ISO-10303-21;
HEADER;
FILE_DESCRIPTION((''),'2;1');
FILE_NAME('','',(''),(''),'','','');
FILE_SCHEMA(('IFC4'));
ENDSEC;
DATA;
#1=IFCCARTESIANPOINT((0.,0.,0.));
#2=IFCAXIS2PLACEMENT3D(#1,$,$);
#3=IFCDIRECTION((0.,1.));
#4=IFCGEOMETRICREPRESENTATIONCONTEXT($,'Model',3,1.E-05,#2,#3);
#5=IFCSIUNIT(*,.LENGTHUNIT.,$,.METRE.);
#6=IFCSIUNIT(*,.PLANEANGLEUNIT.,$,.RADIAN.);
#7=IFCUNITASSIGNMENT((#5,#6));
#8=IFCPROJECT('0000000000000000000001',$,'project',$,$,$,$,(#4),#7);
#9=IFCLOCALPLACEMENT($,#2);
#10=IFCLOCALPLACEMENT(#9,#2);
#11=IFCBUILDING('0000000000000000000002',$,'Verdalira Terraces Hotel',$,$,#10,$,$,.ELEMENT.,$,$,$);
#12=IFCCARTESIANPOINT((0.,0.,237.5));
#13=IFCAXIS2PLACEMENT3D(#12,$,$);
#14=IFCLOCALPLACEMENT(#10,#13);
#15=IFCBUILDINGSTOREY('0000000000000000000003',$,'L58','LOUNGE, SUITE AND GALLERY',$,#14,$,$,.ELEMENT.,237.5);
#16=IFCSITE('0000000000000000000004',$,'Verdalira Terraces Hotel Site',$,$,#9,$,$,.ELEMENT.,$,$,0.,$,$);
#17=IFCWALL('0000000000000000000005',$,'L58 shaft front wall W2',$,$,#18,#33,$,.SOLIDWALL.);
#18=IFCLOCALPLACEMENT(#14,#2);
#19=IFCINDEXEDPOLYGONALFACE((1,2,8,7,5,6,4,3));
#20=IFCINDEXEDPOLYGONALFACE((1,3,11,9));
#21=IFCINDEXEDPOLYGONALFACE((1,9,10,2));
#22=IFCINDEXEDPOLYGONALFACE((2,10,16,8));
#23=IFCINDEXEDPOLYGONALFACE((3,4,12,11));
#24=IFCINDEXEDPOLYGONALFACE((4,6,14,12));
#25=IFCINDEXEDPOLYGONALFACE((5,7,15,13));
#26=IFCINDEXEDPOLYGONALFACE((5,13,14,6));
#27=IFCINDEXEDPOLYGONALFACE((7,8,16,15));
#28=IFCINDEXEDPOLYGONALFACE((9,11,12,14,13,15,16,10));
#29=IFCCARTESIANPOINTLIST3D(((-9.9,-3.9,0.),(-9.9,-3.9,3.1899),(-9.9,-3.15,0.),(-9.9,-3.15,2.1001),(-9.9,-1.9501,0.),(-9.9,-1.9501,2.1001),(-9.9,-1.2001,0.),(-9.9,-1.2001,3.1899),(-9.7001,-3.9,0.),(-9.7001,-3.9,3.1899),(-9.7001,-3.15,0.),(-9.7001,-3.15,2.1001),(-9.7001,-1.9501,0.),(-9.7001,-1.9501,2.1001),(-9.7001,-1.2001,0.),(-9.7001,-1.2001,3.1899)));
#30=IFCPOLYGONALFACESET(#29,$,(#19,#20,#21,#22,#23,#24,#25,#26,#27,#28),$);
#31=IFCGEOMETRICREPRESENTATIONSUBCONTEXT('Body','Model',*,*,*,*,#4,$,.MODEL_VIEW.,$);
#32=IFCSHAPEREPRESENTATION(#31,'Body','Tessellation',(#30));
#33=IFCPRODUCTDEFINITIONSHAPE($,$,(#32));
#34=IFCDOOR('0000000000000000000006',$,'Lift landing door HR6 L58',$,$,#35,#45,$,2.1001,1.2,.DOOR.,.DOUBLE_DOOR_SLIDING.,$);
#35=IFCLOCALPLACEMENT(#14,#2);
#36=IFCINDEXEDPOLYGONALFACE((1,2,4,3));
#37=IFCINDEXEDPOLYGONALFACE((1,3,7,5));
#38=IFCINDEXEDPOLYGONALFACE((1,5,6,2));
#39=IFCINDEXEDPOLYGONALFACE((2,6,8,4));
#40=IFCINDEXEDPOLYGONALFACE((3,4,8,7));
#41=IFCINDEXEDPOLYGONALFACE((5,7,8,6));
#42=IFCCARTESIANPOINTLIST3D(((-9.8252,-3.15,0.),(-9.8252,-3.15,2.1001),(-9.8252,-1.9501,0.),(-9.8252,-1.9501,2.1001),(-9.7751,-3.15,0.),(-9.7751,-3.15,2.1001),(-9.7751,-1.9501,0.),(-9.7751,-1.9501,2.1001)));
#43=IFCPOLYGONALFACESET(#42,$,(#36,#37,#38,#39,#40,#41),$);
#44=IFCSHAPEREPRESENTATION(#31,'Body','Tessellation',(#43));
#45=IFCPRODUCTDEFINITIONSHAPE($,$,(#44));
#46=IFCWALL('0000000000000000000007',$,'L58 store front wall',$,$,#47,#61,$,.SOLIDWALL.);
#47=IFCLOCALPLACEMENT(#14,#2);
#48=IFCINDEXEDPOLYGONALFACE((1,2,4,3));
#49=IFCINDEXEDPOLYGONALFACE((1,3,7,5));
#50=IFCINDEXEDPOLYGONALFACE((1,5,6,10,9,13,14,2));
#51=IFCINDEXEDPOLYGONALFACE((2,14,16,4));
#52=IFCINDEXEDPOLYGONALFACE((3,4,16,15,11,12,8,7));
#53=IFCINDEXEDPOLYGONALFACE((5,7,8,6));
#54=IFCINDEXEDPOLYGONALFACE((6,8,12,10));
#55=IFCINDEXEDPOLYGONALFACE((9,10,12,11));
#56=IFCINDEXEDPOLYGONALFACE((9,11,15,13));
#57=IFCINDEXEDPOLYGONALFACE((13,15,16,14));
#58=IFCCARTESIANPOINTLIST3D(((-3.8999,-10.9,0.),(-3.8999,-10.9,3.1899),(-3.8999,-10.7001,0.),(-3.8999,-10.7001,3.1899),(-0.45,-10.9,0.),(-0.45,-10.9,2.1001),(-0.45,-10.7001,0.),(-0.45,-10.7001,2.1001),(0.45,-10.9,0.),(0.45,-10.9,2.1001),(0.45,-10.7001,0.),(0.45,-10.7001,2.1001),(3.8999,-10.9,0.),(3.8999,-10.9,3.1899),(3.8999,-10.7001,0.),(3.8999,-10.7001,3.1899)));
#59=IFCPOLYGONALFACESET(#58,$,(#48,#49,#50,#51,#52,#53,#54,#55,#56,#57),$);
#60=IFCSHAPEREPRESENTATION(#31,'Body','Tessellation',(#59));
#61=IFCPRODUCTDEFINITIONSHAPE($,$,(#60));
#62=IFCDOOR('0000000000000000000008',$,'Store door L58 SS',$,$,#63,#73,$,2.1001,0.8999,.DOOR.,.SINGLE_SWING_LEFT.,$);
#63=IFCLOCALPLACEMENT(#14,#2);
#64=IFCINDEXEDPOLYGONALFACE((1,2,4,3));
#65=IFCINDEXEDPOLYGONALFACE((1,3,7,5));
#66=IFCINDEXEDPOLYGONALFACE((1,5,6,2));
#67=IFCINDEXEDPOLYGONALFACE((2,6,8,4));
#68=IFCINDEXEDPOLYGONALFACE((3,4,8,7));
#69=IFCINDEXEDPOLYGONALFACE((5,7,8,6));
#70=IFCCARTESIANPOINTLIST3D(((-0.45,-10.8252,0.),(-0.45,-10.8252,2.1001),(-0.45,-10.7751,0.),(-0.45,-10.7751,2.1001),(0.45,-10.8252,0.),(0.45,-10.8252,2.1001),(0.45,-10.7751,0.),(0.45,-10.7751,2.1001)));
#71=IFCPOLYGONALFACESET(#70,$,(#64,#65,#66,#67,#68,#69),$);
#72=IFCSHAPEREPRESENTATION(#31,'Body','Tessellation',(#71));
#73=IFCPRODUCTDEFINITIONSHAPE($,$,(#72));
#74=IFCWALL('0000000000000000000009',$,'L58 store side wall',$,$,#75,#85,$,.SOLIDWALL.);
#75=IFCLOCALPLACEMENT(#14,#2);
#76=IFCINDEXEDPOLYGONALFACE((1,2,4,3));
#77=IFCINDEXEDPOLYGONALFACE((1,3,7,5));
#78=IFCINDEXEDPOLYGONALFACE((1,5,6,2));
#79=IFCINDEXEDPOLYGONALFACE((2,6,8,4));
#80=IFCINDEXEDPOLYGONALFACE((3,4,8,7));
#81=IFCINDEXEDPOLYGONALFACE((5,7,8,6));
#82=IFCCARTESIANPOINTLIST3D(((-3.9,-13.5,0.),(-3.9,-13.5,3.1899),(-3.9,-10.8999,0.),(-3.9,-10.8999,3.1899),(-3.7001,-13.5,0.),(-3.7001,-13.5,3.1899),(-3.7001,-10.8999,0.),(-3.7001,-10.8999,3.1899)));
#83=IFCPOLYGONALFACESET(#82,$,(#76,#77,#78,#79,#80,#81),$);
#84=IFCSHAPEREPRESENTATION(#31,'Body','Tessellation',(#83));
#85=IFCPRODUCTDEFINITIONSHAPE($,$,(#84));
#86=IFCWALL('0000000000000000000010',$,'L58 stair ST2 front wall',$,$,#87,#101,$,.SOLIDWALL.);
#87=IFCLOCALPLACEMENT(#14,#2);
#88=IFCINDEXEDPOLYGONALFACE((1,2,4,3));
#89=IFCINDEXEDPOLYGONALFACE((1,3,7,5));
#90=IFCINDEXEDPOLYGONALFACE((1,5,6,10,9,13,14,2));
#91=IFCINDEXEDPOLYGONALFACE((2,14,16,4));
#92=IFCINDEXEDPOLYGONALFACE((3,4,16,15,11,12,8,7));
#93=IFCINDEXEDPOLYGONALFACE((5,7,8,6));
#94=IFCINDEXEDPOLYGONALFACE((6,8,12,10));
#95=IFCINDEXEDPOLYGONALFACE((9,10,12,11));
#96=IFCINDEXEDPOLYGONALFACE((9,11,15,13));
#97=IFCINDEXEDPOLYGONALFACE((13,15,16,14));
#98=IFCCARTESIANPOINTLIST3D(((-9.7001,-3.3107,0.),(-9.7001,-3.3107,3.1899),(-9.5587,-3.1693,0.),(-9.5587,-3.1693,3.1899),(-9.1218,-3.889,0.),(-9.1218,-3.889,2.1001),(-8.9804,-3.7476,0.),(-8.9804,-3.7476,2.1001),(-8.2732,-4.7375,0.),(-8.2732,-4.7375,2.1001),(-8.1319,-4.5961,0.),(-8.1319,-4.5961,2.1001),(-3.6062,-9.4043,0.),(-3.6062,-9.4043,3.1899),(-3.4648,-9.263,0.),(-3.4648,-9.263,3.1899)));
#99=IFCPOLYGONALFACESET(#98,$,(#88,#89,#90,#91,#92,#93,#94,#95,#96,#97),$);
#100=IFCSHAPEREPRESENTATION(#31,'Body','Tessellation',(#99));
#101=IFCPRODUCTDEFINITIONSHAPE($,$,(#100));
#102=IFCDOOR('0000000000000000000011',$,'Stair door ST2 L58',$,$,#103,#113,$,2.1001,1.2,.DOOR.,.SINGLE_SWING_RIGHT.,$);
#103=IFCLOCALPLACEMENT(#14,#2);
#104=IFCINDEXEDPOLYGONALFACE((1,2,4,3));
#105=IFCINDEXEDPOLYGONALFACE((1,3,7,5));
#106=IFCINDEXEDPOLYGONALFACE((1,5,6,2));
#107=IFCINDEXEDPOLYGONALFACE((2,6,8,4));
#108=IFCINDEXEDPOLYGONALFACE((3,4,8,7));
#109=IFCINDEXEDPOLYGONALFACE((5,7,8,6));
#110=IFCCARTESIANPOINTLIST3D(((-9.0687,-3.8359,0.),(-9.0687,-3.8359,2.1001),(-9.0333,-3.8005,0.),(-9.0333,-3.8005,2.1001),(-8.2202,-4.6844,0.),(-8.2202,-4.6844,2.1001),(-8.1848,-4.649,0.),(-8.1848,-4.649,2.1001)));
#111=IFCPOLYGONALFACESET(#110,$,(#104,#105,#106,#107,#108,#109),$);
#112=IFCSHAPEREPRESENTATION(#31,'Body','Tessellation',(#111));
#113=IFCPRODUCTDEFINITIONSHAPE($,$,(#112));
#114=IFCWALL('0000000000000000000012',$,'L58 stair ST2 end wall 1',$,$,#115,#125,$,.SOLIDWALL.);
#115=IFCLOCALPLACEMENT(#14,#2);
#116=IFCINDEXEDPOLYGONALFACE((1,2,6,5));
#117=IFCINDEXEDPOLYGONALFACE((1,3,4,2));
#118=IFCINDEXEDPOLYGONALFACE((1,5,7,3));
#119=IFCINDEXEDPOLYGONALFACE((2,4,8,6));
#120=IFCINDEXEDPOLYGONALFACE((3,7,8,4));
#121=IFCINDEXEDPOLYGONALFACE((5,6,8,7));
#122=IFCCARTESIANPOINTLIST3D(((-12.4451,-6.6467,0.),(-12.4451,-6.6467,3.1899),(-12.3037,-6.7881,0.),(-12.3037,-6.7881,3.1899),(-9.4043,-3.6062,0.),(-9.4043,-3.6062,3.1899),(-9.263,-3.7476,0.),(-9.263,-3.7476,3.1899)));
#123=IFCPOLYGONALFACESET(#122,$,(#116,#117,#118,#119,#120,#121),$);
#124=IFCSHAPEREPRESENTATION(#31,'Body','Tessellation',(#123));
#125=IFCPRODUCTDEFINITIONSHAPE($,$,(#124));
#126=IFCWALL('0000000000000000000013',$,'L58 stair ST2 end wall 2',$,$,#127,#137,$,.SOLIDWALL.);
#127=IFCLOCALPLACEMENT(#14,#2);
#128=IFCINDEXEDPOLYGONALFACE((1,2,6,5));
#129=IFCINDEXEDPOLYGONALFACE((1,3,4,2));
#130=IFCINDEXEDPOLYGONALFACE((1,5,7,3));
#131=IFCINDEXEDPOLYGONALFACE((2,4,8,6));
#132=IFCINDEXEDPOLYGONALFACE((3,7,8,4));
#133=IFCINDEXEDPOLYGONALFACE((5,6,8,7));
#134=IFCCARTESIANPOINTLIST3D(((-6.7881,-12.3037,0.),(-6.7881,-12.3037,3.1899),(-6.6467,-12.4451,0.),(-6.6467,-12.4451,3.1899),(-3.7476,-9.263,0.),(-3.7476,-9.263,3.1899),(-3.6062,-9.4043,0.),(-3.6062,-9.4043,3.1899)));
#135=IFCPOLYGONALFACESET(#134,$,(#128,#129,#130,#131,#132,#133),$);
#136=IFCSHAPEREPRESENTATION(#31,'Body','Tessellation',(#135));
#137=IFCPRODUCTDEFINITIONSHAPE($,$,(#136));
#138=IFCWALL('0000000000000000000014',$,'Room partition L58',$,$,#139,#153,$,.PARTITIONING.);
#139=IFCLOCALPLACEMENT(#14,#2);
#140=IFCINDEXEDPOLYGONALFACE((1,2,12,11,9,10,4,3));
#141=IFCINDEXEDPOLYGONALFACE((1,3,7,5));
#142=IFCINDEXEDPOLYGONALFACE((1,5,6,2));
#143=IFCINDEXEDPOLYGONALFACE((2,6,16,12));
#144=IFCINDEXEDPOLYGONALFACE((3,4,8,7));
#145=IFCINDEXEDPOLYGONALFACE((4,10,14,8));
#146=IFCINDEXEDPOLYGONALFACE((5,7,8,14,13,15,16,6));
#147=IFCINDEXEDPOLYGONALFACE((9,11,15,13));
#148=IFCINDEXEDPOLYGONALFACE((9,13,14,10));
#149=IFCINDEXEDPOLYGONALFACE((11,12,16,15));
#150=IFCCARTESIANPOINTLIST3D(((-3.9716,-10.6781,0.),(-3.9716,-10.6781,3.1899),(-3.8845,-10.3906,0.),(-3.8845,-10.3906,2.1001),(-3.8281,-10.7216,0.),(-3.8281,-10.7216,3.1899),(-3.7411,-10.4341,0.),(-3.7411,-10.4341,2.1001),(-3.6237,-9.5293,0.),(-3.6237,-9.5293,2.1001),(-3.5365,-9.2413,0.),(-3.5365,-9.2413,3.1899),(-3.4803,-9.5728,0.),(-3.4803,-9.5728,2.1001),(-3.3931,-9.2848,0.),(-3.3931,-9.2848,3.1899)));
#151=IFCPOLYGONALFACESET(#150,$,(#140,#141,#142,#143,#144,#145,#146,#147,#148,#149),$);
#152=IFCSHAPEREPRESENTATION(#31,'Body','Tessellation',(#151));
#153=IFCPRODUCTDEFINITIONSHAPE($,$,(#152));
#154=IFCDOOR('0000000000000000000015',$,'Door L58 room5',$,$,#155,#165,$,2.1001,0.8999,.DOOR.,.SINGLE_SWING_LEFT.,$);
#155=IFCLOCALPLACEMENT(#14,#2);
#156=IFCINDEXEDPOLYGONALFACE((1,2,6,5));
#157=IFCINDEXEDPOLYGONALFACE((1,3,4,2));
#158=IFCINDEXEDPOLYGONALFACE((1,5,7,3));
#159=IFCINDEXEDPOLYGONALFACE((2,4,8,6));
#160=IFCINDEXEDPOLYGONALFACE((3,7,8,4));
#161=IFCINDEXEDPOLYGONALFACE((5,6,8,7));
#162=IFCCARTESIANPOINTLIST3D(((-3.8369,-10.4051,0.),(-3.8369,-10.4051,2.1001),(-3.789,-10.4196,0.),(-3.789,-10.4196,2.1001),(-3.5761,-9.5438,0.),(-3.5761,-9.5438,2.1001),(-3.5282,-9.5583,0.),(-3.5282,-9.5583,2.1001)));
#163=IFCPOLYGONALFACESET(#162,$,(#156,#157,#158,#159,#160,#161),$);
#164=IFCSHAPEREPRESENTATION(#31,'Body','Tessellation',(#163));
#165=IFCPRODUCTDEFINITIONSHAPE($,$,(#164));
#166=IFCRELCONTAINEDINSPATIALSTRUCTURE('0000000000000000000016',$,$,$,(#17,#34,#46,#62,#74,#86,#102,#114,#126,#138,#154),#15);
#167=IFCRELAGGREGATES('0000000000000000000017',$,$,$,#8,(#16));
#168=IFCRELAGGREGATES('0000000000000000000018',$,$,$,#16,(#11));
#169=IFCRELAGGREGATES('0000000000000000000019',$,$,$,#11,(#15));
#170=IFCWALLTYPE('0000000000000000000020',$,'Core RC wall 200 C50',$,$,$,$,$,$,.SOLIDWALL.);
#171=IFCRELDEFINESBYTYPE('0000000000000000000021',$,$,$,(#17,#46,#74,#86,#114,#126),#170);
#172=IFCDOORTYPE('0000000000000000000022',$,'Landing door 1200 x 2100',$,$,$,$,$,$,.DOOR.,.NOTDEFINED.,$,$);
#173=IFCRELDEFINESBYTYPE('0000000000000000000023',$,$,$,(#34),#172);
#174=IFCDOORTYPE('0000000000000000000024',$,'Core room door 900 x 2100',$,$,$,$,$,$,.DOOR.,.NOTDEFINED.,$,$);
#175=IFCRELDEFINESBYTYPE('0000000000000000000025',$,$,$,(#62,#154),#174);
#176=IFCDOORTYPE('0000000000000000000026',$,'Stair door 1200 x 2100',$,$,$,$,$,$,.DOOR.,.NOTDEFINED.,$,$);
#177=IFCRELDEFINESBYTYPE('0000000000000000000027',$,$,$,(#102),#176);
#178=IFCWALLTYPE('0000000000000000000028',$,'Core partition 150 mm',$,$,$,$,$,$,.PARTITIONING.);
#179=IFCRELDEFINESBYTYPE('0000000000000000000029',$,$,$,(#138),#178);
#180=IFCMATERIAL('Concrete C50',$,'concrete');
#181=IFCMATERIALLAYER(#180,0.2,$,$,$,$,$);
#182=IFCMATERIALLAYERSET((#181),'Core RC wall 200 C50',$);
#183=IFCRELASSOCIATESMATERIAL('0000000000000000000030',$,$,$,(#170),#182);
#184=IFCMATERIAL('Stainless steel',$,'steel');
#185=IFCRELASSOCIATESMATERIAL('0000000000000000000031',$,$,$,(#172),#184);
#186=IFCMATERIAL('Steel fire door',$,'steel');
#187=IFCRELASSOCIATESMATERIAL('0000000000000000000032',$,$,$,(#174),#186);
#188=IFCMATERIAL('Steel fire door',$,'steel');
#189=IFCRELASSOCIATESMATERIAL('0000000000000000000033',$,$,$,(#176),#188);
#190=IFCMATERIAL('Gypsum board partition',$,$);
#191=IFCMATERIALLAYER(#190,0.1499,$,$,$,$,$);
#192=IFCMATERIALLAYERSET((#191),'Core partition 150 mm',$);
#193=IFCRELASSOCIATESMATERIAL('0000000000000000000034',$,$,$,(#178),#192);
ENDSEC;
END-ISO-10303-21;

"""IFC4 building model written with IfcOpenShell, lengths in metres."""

from ifc_helpers import new_model, si_unit, direction, frame, frame_2d, origin, place, context, subcontext, project, spatial, rectangle, extrude, material, layer, layer_set, type_object, element, fill, save


model = new_model("IFC4")

# Units and contexts
model_context = context("Model", 3, precision=1e-05, world=origin(), true_north=direction((0.0, 1.0)))
body_context = subcontext(model_context, "Body", "Model", "MODEL_VIEW")
ifc_project = project(units=[si_unit("LENGTHUNIT", "METRE"), si_unit("PLANEANGLEUNIT", "RADIAN")], contexts=[model_context])

# Site, building, storey
site_placement = place(None, origin())
site = spatial("IfcSite", under=ifc_project, at=site_placement, Name="Verdalira Terraces Hotel Site", CompositionType="ELEMENT", RefElevation=0.0)
building_placement = place(site_placement, origin())
building = spatial("IfcBuilding", under=site, at=building_placement, Name="Verdalira Terraces Hotel", CompositionType="ELEMENT")
storey_placement = place(building_placement, frame((0.0, 0.0, 237.5)))
storey = spatial("IfcBuildingStorey", under=building, at=storey_placement, Name="L58", Description="LOUNGE, SUITE AND GALLERY", CompositionType="ELEMENT", Elevation=237.5)

# Walls, openings, doors
ifc_material_1 = material(Name="Concrete C50", Category="concrete")
ifc_layer_1 = layer(ifc_material_1, 0.2)
ifc_layer_set_1 = layer_set([ifc_layer_1], Name="Core RC wall 200 C50")
wall_type_1 = type_object("IfcWallType", Name="Core RC wall 200 C50", PredefinedType="SOLIDWALL", material=ifc_layer_set_1)
wall_1_placement = place(storey_placement, frame((-9.8, -1.2, 0.0), z_axis=(0.0, 0.0, 1.0), x_axis=(0.0, -1.0, 0.0)))
wall_1 = element("IfcWall", 1, at=wall_1_placement, inside=storey, type_object=wall_type_1, Name="L58 shaft front wall W2", PredefinedType="SOLIDWALL", context=body_context, shape_type="SweptSolid", body=[
    extrude(rectangle(XDim=2.7, YDim=0.2, at=frame_2d((1.3501, 0.0))), origin(), (0.0, 0.0, 1.0), 3.1899),
])
opening_1_placement = place(wall_1_placement, frame((0.75, 0.0, 0.0)))
opening_1 = element("IfcOpeningElement", 2, at=opening_1_placement, cuts=wall_1, PredefinedType="OPENING", context=body_context, shape_type="SweptSolid", body=[
    extrude(rectangle(XDim=1.2, YDim=2.1001, at=frame_2d((0.6001, 1.05))), frame((0.0, 0.1099, 0.0), z_axis=(0.0, -1.0, 0.0), x_axis=(1.0, 0.0, 0.0)), (0.0, 0.0, 1.0), 0.22),
])
ifc_material_2 = material(Name="Stainless steel", Category="steel")
door_type_1 = type_object("IfcDoorType", Name="Landing door 1200 x 2100", OperationType="NOTDEFINED", PredefinedType="DOOR", material=ifc_material_2)
door_1_placement = place(opening_1_placement, origin())
door_1 = element("IfcDoor", 3, at=door_1_placement, inside=storey, type_object=door_type_1, Name="Lift landing door HR6 L58", OperationType="DOUBLE_DOOR_SLIDING", OverallHeight=2.1001, OverallWidth=1.2, PredefinedType="DOOR", context=body_context, shape_type="SweptSolid", body=[
    extrude(rectangle(XDim=1.2, YDim=2.1001, at=frame_2d((0.6001, 1.05))), frame((0.0, 0.0249, 0.0), z_axis=(0.0, -1.0, 0.0), x_axis=(1.0, 0.0, 0.0)), (0.0, 0.0, 1.0), 0.05),
])
fill(opening_1, door_1)
wall_2_placement = place(storey_placement, frame((-3.8999, -10.8, 0.0), z_axis=(0.0, 0.0, 1.0), x_axis=(1.0, 0.0, 0.0)))
wall_2 = element("IfcWall", 4, at=wall_2_placement, inside=storey, type_object=wall_type_1, Name="L58 store front wall", PredefinedType="SOLIDWALL", context=body_context, shape_type="SweptSolid", body=[
    extrude(rectangle(XDim=7.7998, YDim=0.2, at=frame_2d((3.8999, 0.0))), origin(), (0.0, 0.0, 1.0), 3.1899),
])
opening_2_placement = place(wall_2_placement, frame((3.45, 0.0, 0.0)))
opening_2 = element("IfcOpeningElement", 5, at=opening_2_placement, cuts=wall_2, PredefinedType="OPENING", context=body_context, shape_type="SweptSolid", body=[
    extrude(rectangle(XDim=0.8999, YDim=2.1001, at=frame_2d((0.45, 1.05))), frame((0.0, 0.1099, 0.0), z_axis=(0.0, -1.0, 0.0), x_axis=(1.0, 0.0, 0.0)), (0.0, 0.0, 1.0), 0.22),
])
ifc_material_3 = material(Name="Steel fire door", Category="steel")
door_type_2 = type_object("IfcDoorType", Name="Core room door 900 x 2100", OperationType="NOTDEFINED", PredefinedType="DOOR", material=ifc_material_3)
door_2_placement = place(opening_2_placement, origin())
door_2 = element("IfcDoor", 6, at=door_2_placement, inside=storey, type_object=door_type_2, Name="Store door L58 SS", OperationType="SINGLE_SWING_LEFT", OverallHeight=2.1001, OverallWidth=0.8999, PredefinedType="DOOR", context=body_context, shape_type="SweptSolid", body=[
    extrude(rectangle(XDim=0.8999, YDim=2.1001, at=frame_2d((0.45, 1.05))), frame((0.0, 0.0249, 0.0), z_axis=(0.0, -1.0, 0.0), x_axis=(1.0, 0.0, 0.0)), (0.0, 0.0, 1.0), 0.05),
])
fill(opening_2, door_2)

# Wall
wall_3_placement = place(storey_placement, frame((-3.8, -10.8999, 0.0), z_axis=(0.0, 0.0, 1.0), x_axis=(0.0, -1.0, 0.0)))
element("IfcWall", 7, at=wall_3_placement, inside=storey, type_object=wall_type_1, Name="L58 store side wall", PredefinedType="SOLIDWALL", context=body_context, shape_type="SweptSolid", body=[
    extrude(rectangle(XDim=2.6001, YDim=0.2, at=frame_2d((1.3, 0.0))), origin(), (0.0, 0.0, 1.0), 3.1899),
])

# Wall, opening, door
wall_4_placement = place(storey_placement, frame((-3.5354, -9.3337, 0.0), z_axis=(0.0, 0.0, 1.0), x_axis=(-0.707121, 0.707093, 0.0)))
wall_4 = element("IfcWall", 8, at=wall_4_placement, inside=storey, type_object=wall_type_1, Name="L58 stair ST2 front wall", PredefinedType="SOLIDWALL", context=body_context, shape_type="SweptSolid", body=[
    extrude(rectangle(XDim=8.6179, YDim=0.2, at=frame_2d((4.3091, 0.0))), origin(), (0.0, 0.0, 1.0), 3.1899),
])
opening_3_placement = place(wall_4_placement, frame((6.6001, 0.0, 0.0)))
opening_3 = element("IfcOpeningElement", 9, at=opening_3_placement, cuts=wall_4, PredefinedType="OPENING", context=body_context, shape_type="SweptSolid", body=[
    extrude(rectangle(XDim=1.2, YDim=2.1001, at=frame_2d((0.6001, 1.05))), frame((0.0, 0.1099, 0.0), z_axis=(0.0, -1.0, 0.0), x_axis=(1.0, 0.0, 0.0)), (0.0, 0.0, 1.0), 0.22),
])
ifc_material_4 = material(Name="Steel fire door", Category="steel")
door_type_3 = type_object("IfcDoorType", Name="Stair door 1200 x 2100", OperationType="NOTDEFINED", PredefinedType="DOOR", material=ifc_material_4)
door_3_placement = place(opening_3_placement, origin())
door_3 = element("IfcDoor", 10, at=door_3_placement, inside=storey, type_object=door_type_3, Name="Stair door ST2 L58", OperationType="SINGLE_SWING_RIGHT", OverallHeight=2.1001, OverallWidth=1.2, PredefinedType="DOOR", context=body_context, shape_type="SweptSolid", body=[
    extrude(rectangle(XDim=1.2, YDim=2.1001, at=frame_2d((0.6001, 1.05))), frame((0.0, 0.0249, 0.0), z_axis=(0.0, -1.0, 0.0), x_axis=(1.0, 0.0, 0.0)), (0.0, 0.0, 1.0), 0.05),
])
fill(opening_3, door_3)

# Walls
for number, where, z_axis, x_axis, name in (
    (11, (-9.3337, -3.677, 0.0), (0.0, 0.0, 1.0), (-0.707135, -0.707078, 0.0), "L58 stair ST2 end wall 1"),
    (12, (-3.677, -9.3337, 0.0), (0.0, 0.0, 1.0), (-0.707078, -0.707135, 0.0), "L58 stair ST2 end wall 2"),
):
    element("IfcWall", number, at=place(storey_placement, frame(where, z_axis=z_axis, x_axis=x_axis)), inside=storey, type_object=wall_type_1, Name=name, PredefinedType="SOLIDWALL", context=body_context, shape_type="SweptSolid", body=[
        extrude(rectangle(XDim=4.3, YDim=0.2, at=frame_2d((2.1499, 0.0))), origin(), (0.0, 0.0, 1.0), 3.1899),
    ])

# Wall, opening, door
ifc_material_5 = material(Name="Gypsum board partition")
ifc_layer_2 = layer(ifc_material_5, 0.1499)
ifc_layer_set_2 = layer_set([ifc_layer_2], Name="Core partition 150 mm")
wall_type_2 = type_object("IfcWallType", Name="Core partition 150 mm", PredefinedType="PARTITIONING", material=ifc_layer_set_2)
wall_5_placement = place(storey_placement, frame((-3.4648, -9.2632, 0.0), z_axis=(0.0, 0.0, 1.0), x_axis=(-0.289809, -0.957085, 0.0)))
wall_5 = element("IfcWall", 13, at=wall_5_placement, inside=storey, type_object=wall_type_2, Name="Room partition L58", PredefinedType="PARTITIONING", context=body_context, shape_type="SweptSolid", body=[
    extrude(rectangle(XDim=1.5012, YDim=0.1499, at=frame_2d((0.7505, 0.0))), origin(), (0.0, 0.0, 1.0), 3.1899),
])
opening_4_placement = place(wall_5_placement, frame((0.3008, 0.0, 0.0)))
opening_4 = element("IfcOpeningElement", 14, at=opening_4_placement, cuts=wall_5, PredefinedType="OPENING", context=body_context, shape_type="SweptSolid", body=[
    extrude(rectangle(XDim=0.8999, YDim=2.1001, at=frame_2d((0.45, 1.05))), frame((0.0, 0.085, 0.0), z_axis=(0.0, -1.0, 0.0), x_axis=(1.0, 0.0, 0.0)), (0.0, 0.0, 1.0), 0.1699),
])
door_4_placement = place(opening_4_placement, origin())
door_4 = element("IfcDoor", 15, at=door_4_placement, inside=storey, type_object=door_type_2, Name="Door L58 room5", OperationType="SINGLE_SWING_LEFT", OverallHeight=2.1001, OverallWidth=0.8999, PredefinedType="DOOR", context=body_context, shape_type="SweptSolid", body=[
    extrude(rectangle(XDim=0.8999, YDim=2.1001, at=frame_2d((0.45, 1.05))), frame((0.0, 0.0249, 0.0), z_axis=(0.0, -1.0, 0.0), x_axis=(1.0, 0.0, 0.0)), (0.0, 0.0, 1.0), 0.05),
])
fill(opening_4, door_4)

save(model, "model.ifc")
